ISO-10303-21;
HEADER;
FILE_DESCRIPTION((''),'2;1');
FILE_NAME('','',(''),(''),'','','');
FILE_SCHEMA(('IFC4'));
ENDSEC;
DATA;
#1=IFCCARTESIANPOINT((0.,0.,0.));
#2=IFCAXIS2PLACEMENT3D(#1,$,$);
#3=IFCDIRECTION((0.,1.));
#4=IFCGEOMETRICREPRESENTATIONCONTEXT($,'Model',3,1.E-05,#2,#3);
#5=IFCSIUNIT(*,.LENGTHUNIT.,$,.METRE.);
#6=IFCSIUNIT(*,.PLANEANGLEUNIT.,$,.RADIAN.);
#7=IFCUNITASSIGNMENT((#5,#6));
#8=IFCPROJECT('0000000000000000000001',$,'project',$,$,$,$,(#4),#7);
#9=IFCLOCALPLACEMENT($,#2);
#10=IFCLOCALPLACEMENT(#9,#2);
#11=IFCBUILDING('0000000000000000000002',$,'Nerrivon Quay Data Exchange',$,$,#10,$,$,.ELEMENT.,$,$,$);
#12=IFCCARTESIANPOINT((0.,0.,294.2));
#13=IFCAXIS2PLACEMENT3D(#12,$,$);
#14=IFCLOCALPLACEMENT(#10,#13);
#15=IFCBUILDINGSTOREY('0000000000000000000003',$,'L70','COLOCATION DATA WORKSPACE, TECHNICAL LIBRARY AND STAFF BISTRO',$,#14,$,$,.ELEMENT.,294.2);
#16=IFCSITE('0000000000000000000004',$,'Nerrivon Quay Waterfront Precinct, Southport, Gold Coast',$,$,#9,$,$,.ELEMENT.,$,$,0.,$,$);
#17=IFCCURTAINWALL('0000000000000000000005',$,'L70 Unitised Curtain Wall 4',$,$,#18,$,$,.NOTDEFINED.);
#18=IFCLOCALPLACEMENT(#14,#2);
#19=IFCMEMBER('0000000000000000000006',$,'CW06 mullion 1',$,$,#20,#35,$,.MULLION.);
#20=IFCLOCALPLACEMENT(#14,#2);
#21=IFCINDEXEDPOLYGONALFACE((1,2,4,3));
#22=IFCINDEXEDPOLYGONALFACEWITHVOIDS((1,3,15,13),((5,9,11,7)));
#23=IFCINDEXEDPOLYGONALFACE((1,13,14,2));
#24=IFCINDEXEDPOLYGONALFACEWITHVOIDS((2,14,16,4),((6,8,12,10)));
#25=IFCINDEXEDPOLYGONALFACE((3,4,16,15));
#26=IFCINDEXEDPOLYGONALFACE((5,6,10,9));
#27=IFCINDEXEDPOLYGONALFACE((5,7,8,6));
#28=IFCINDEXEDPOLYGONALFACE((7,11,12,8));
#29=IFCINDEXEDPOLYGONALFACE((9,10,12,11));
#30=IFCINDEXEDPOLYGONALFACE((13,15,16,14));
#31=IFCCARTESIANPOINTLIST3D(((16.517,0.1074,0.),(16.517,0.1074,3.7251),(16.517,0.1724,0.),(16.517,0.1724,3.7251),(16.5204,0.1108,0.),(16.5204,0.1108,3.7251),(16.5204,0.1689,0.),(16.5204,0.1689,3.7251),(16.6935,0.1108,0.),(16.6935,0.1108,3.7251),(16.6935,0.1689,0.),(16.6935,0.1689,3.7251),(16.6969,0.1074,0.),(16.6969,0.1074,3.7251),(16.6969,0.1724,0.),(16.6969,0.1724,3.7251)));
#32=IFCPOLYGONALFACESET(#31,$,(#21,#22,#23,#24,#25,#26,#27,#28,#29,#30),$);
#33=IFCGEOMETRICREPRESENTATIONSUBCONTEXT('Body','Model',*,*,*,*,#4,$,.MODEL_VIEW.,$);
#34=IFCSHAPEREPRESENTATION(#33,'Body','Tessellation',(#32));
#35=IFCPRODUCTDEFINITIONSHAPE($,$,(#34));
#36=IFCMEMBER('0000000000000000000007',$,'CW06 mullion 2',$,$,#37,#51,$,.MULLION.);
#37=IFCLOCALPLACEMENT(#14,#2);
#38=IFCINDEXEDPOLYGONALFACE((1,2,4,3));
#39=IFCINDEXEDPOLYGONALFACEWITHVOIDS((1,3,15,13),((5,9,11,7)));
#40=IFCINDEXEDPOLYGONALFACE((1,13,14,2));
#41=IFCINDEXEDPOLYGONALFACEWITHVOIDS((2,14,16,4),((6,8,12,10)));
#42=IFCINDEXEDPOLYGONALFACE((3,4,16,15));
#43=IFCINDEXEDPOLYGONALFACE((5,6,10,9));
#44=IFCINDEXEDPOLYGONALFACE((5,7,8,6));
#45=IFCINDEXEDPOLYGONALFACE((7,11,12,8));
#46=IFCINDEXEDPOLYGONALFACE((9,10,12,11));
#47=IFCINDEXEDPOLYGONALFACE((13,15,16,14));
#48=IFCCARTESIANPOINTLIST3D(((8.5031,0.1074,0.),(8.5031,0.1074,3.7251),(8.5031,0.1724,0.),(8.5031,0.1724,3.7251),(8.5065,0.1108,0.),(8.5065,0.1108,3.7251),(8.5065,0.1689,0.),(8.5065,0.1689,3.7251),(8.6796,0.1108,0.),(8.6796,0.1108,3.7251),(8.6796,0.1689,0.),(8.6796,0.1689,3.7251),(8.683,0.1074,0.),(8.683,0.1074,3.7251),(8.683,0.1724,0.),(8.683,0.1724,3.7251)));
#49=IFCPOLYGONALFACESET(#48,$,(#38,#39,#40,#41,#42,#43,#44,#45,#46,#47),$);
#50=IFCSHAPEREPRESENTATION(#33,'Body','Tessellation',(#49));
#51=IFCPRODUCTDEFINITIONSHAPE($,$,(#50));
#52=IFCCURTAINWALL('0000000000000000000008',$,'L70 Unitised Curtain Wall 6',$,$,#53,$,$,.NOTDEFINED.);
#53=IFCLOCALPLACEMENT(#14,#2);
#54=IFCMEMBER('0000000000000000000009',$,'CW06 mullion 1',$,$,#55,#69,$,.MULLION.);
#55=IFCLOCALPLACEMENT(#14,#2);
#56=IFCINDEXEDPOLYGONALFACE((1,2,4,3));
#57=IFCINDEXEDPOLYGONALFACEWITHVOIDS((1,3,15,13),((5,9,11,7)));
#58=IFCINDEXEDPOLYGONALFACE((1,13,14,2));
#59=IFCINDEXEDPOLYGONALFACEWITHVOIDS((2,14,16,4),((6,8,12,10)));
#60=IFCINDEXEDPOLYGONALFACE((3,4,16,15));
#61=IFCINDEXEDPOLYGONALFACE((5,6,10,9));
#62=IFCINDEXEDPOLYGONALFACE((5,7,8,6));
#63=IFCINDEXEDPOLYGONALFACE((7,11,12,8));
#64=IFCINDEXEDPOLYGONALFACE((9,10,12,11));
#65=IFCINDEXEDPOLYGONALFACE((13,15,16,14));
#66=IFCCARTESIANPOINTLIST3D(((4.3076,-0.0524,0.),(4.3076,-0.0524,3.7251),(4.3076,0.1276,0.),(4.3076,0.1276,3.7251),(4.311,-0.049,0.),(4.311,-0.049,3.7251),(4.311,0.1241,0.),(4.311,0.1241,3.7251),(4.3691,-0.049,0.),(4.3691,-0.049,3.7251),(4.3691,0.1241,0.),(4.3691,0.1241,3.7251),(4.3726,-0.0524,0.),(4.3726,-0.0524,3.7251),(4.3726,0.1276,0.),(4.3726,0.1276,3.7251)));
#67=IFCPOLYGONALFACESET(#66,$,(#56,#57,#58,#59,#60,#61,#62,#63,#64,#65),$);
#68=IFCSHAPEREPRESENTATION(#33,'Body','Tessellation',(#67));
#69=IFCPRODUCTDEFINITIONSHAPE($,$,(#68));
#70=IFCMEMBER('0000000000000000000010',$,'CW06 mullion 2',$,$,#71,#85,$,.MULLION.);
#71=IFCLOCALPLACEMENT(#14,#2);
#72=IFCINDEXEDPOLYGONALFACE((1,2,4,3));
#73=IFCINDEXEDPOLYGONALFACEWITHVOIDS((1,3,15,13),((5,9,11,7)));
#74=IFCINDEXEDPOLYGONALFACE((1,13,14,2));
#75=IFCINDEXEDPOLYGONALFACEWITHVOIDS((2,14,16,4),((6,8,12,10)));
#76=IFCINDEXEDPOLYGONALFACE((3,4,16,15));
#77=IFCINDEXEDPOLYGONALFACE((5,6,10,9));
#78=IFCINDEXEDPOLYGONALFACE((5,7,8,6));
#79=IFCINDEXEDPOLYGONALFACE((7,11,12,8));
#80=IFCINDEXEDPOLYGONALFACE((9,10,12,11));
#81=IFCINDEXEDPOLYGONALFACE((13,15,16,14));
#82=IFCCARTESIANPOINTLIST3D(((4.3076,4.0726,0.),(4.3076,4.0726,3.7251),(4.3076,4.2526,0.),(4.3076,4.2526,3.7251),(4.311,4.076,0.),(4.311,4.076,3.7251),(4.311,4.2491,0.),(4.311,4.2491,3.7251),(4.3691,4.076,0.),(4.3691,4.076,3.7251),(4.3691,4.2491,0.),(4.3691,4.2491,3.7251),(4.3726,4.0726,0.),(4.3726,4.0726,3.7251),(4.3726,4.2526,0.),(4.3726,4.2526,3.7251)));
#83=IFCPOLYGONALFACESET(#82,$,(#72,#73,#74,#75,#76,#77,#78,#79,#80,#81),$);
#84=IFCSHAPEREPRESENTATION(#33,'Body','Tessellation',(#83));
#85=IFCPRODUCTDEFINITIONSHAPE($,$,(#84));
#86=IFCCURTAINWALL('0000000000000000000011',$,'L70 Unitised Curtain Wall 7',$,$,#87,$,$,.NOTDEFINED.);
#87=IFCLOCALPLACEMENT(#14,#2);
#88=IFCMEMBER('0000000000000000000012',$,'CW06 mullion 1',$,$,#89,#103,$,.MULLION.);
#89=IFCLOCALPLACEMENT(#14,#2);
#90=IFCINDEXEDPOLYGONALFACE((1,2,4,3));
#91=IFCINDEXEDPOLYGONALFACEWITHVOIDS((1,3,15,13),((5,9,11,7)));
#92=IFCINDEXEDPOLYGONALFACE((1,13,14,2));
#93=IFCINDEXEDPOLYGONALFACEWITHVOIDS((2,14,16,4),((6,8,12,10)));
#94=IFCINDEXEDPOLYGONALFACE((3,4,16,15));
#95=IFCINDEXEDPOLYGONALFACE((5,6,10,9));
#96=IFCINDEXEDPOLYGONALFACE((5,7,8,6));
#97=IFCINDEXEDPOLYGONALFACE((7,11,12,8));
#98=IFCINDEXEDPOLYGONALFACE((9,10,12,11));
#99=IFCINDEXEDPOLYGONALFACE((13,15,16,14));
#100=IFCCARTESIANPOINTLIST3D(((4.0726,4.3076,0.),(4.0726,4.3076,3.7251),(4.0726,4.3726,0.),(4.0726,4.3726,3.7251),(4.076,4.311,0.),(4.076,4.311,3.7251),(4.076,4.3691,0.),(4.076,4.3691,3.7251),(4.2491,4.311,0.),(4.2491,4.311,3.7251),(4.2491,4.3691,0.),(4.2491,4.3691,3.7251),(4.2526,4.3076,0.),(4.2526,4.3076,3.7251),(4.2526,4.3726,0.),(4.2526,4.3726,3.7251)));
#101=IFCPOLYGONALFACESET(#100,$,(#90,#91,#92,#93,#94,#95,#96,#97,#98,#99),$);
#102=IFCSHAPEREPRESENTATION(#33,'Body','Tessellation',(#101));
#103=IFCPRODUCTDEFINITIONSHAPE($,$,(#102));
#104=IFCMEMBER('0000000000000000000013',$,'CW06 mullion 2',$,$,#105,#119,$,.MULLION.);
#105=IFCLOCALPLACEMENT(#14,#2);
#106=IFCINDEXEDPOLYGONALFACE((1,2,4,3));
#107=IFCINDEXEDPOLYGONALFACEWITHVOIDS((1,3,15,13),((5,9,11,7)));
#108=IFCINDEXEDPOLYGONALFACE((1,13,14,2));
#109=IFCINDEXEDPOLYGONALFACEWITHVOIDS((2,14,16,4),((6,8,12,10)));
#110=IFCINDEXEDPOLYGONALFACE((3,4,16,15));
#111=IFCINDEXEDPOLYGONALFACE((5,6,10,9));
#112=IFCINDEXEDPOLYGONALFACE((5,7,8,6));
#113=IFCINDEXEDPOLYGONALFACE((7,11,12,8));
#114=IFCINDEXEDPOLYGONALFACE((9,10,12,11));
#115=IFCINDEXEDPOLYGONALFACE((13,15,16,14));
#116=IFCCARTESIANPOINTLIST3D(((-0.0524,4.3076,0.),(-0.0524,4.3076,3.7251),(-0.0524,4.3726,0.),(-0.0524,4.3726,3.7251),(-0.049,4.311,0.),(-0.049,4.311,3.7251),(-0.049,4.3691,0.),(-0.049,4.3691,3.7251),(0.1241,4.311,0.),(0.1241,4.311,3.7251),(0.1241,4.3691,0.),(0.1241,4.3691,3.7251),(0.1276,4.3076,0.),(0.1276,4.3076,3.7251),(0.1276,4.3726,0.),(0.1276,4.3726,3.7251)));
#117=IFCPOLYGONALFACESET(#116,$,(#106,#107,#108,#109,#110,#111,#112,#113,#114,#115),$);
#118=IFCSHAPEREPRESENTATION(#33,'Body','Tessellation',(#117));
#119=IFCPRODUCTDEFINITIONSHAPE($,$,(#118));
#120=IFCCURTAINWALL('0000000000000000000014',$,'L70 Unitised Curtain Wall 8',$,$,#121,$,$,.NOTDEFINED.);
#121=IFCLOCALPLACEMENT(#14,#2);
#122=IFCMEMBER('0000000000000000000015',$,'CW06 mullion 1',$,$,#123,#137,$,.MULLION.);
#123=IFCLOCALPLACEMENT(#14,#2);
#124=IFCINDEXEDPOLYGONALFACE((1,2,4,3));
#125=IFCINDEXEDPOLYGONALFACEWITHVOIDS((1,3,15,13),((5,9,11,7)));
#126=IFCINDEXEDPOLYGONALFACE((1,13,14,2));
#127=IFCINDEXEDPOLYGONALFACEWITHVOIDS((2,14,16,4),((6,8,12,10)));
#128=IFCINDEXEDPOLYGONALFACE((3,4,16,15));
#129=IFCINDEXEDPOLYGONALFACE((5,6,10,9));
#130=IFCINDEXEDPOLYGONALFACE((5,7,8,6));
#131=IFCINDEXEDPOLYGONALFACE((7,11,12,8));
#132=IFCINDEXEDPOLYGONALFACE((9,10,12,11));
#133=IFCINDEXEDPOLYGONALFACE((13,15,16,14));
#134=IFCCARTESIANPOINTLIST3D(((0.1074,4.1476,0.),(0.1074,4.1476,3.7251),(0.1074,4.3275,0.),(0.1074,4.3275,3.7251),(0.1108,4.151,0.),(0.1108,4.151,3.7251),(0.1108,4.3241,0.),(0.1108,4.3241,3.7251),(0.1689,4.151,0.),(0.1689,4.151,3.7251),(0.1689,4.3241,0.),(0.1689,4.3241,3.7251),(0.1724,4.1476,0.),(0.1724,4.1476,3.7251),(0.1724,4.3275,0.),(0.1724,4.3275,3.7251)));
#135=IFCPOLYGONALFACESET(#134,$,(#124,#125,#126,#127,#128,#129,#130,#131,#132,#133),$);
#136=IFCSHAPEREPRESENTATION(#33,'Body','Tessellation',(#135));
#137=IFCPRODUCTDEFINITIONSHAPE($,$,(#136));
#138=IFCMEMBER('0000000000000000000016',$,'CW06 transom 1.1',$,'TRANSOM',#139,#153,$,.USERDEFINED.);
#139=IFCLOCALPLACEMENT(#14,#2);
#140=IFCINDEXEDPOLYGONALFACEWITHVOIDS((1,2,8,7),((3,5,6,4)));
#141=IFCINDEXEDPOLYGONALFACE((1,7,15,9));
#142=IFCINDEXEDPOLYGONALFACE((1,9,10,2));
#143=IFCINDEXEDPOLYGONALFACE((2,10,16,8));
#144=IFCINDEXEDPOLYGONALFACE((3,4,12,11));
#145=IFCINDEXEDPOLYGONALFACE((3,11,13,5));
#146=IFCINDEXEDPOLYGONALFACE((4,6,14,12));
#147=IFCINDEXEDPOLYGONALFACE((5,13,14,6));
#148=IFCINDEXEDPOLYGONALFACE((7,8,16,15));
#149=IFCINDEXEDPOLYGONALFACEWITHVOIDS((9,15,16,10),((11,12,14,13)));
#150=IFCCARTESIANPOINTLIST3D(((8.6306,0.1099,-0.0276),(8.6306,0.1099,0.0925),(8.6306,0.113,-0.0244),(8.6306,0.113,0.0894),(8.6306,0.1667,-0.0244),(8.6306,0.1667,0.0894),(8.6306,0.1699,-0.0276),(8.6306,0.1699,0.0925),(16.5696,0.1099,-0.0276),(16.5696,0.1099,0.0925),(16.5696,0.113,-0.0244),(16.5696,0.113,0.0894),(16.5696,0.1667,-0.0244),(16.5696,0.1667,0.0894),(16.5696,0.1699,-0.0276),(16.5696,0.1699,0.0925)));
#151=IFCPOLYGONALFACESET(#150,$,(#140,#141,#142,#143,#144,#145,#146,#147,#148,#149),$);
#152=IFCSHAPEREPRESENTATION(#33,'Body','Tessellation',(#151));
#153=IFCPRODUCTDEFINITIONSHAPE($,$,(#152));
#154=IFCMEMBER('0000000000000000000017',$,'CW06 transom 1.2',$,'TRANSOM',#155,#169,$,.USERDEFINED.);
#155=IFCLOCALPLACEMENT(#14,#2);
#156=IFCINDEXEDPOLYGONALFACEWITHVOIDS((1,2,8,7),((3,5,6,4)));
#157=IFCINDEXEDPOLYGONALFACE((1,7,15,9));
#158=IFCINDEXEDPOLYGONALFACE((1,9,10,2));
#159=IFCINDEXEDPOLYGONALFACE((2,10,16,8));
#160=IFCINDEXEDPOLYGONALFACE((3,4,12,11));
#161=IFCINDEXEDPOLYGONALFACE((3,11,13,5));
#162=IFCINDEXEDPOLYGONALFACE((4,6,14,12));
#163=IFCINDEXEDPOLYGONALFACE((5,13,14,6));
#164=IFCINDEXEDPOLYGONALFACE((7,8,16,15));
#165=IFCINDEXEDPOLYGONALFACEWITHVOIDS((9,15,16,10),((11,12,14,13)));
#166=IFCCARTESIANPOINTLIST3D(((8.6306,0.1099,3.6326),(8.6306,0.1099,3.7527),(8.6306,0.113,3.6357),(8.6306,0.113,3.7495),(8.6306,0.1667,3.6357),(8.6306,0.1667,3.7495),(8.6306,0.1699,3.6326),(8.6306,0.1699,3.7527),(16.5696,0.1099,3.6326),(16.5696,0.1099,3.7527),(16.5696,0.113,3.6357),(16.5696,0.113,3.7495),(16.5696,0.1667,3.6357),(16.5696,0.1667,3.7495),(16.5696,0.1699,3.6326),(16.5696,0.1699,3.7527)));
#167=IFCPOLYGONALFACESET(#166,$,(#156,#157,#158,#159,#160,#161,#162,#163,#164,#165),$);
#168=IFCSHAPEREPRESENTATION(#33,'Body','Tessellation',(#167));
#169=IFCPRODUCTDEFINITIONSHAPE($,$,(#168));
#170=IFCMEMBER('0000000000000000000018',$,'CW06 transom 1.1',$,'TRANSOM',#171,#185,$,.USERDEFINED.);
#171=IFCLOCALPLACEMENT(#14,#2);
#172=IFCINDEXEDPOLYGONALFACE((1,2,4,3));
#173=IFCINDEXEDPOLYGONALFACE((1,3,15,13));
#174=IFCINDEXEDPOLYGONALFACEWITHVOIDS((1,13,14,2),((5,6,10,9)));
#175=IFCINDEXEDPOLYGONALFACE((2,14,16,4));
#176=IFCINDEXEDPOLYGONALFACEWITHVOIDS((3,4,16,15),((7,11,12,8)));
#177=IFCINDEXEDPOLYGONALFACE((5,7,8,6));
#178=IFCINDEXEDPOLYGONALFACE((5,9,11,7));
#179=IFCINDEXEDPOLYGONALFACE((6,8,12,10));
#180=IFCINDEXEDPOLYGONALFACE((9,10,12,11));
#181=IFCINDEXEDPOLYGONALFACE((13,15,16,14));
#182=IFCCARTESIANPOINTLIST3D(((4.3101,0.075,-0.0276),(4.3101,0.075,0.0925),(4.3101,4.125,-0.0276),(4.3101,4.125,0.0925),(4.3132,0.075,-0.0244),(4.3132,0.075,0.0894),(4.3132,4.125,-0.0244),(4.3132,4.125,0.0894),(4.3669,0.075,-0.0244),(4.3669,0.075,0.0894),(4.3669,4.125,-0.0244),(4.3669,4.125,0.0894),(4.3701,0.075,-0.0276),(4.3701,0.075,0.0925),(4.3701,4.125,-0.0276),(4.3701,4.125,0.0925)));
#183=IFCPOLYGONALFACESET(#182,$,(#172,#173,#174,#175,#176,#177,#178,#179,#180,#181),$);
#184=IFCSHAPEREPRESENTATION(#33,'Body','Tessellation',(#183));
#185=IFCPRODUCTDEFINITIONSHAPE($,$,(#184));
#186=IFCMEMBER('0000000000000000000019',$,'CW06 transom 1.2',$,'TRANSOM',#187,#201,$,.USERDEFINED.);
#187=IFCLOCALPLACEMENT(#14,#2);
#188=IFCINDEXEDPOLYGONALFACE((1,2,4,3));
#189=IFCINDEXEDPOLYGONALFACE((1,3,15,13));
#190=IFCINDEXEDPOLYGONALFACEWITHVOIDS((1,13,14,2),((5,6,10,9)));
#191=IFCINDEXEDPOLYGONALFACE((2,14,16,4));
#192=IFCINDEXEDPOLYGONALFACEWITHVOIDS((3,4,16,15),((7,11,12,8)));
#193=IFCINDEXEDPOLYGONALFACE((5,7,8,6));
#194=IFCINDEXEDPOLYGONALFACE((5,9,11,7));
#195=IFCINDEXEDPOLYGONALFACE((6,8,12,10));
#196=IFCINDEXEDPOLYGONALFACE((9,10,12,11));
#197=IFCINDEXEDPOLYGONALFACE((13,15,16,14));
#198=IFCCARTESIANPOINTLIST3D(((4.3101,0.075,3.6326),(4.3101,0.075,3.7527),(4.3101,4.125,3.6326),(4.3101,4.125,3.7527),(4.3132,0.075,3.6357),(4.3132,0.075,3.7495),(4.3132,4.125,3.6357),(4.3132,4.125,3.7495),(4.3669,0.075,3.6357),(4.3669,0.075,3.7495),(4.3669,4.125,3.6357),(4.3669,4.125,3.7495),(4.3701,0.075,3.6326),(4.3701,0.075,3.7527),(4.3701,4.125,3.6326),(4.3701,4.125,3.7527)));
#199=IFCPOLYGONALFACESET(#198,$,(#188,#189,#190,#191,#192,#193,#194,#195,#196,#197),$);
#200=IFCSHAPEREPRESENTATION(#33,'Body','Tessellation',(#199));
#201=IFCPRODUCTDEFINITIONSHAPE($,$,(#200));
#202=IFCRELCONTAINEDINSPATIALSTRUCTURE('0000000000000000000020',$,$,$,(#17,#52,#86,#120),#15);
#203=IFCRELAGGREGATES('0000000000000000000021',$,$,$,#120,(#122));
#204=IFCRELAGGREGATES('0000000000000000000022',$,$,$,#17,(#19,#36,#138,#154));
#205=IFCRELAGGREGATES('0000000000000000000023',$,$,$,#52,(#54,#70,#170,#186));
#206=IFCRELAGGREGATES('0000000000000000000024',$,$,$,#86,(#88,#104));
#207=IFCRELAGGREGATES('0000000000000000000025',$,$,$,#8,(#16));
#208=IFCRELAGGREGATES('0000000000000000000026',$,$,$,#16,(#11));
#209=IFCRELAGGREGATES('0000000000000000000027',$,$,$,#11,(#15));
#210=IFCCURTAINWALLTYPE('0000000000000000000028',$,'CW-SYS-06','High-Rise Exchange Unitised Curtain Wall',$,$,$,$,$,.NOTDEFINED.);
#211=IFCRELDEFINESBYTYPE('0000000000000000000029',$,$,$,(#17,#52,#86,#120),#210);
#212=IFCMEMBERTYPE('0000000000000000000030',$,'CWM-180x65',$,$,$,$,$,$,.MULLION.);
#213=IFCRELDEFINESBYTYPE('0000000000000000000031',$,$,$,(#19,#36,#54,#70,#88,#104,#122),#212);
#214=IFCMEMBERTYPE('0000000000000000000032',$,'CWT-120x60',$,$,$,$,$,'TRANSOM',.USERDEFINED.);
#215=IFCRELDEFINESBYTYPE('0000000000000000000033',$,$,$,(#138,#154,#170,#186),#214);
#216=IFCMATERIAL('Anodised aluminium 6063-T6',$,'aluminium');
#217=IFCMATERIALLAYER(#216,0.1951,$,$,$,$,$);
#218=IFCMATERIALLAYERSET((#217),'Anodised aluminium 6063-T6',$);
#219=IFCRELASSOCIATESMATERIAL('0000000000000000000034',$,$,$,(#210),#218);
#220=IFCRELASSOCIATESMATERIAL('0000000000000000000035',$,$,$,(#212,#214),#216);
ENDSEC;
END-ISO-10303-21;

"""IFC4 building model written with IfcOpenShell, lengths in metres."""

from ifc_helpers import new_model, si_unit, direction, frame, origin, origin_2d, place, context, subcontext, project, spatial, hollow_rectangle, extrude, material, layer, layer_set, material_profile, profile_set, type_object, element, aggregate, save


model = new_model("IFC4")

# Units and contexts
model_context = context("Model", 3, precision=1e-05, world=origin(), true_north=direction((0.0, 1.0)))
body_context = subcontext(model_context, "Body", "Model", "MODEL_VIEW")
ifc_project = project(units=[si_unit("LENGTHUNIT", "METRE"), si_unit("PLANEANGLEUNIT", "RADIAN")], contexts=[model_context])

# Site, building, storey
site_placement = place(None, origin())
site = spatial("IfcSite", under=ifc_project, at=site_placement, Name="Nerrivon Quay Waterfront Precinct, Southport, Gold Coast", CompositionType="ELEMENT", RefElevation=0.0)
building_placement = place(site_placement, origin())
building = spatial("IfcBuilding", under=site, at=building_placement, Name="Nerrivon Quay Data Exchange", CompositionType="ELEMENT")
storey_placement = place(building_placement, frame((0.0, 0.0, 294.2)))
storey = spatial("IfcBuildingStorey", under=building, at=storey_placement, Name="L70", Description="COLOCATION DATA WORKSPACE, TECHNICAL LIBRARY AND STAFF BISTRO", CompositionType="ELEMENT", Elevation=294.2)

# Curtain walls, members
ifc_material_1 = material(Name="Anodised aluminium 6063-T6", Category="aluminium")
ifc_layer_1 = layer(ifc_material_1, 0.1951)
ifc_layer_set_1 = layer_set([ifc_layer_1], Name="Anodised aluminium 6063-T6")
curtain_wall_type = type_object("IfcCurtainWallType", Name="CW-SYS-06", Description="High-Rise Exchange Unitised Curtain Wall", PredefinedType="NOTDEFINED", material=ifc_layer_set_1)
curtain_wall_1_placement = place(storey_placement, origin())
curtain_wall_1 = element("IfcCurtainWall", 1, at=curtain_wall_1_placement, inside=storey, type_object=curtain_wall_type, Name="L70 Unitised Curtain Wall 4", PredefinedType="NOTDEFINED")
ifc_material_profile_1 = material_profile(ifc_material_1, hollow_rectangle(XDim=0.0649, YDim=0.1799, WallThickness=0.0034, at=origin_2d()), Name="ALU-MULL-180x65")
ifc_profile_set_1 = profile_set([ifc_material_profile_1], Name="Anodised aluminium 6063-T6")
member_type_1 = type_object("IfcMemberType", Name="CWM-180x65", PredefinedType="MULLION", material=ifc_profile_set_1)
member_1_placement = place(storey_placement, frame((16.6069, 0.1399, 0.0), z_axis=(0.0, 0.0, 1.0), x_axis=(0.0, -1.0, 0.0)))
member_1 = element("IfcMember", 2, at=member_1_placement, type_object=member_type_1, Name="CW06 mullion 1", PredefinedType="MULLION", context=body_context, shape_type="SweptSolid", body=[
    extrude(hollow_rectangle(XDim=0.0649, YDim=0.1799, WallThickness=0.0034, at=origin_2d()), origin(), (0.0, 0.0, 1.0), 3.7251),
])
member_2_placement = place(storey_placement, frame((8.593, 0.1399, 0.0), z_axis=(0.0, 0.0, 1.0), x_axis=(0.0, -1.0, 0.0)))
member_2 = element("IfcMember", 3, at=member_2_placement, type_object=member_type_1, Name="CW06 mullion 2", PredefinedType="MULLION", context=body_context, shape_type="SweptSolid", body=[
    extrude(hollow_rectangle(XDim=0.0649, YDim=0.1799, WallThickness=0.0034, at=origin_2d()), origin(), (0.0, 0.0, 1.0), 3.7251),
])
curtain_wall_2_placement = place(storey_placement, origin())
curtain_wall_2 = element("IfcCurtainWall", 4, at=curtain_wall_2_placement, inside=storey, type_object=curtain_wall_type, Name="L70 Unitised Curtain Wall 6", PredefinedType="NOTDEFINED")
member_3_placement = place(storey_placement, frame((4.3401, 0.0376, 0.0), z_axis=(0.0, 0.0, 1.0), x_axis=(-1.0, 0.0, 0.0)))
member_3 = element("IfcMember", 5, at=member_3_placement, type_object=member_type_1, Name="CW06 mullion 1", PredefinedType="MULLION", context=body_context, shape_type="SweptSolid", body=[
    extrude(hollow_rectangle(XDim=0.0649, YDim=0.1799, WallThickness=0.0034, at=origin_2d()), origin(), (0.0, 0.0, 1.0), 3.7251),
])
member_4_placement = place(storey_placement, frame((4.3401, 4.1626, 0.0), z_axis=(0.0, 0.0, 1.0), x_axis=(-1.0, 0.0, 0.0)))
member_4 = element("IfcMember", 6, at=member_4_placement, type_object=member_type_1, Name="CW06 mullion 2", PredefinedType="MULLION", context=body_context, shape_type="SweptSolid", body=[
    extrude(hollow_rectangle(XDim=0.0649, YDim=0.1799, WallThickness=0.0034, at=origin_2d()), origin(), (0.0, 0.0, 1.0), 3.7251),
])
curtain_wall_3_placement = place(storey_placement, origin())
curtain_wall_3 = element("IfcCurtainWall", 7, at=curtain_wall_3_placement, inside=storey, type_object=curtain_wall_type, Name="L70 Unitised Curtain Wall 7", PredefinedType="NOTDEFINED")
member_5_placement = place(storey_placement, frame((4.1626, 4.3401, 0.0), z_axis=(0.0, 0.0, 1.0), x_axis=(0.0, -1.0, 0.0)))
member_5 = element("IfcMember", 8, at=member_5_placement, type_object=member_type_1, Name="CW06 mullion 1", PredefinedType="MULLION", context=body_context, shape_type="SweptSolid", body=[
    extrude(hollow_rectangle(XDim=0.0649, YDim=0.1799, WallThickness=0.0034, at=origin_2d()), origin(), (0.0, 0.0, 1.0), 3.7251),
])
member_6_placement = place(storey_placement, frame((0.0376, 4.3401, 0.0), z_axis=(0.0, 0.0, 1.0), x_axis=(0.0, -1.0, 0.0)))
member_6 = element("IfcMember", 9, at=member_6_placement, type_object=member_type_1, Name="CW06 mullion 2", PredefinedType="MULLION", context=body_context, shape_type="SweptSolid", body=[
    extrude(hollow_rectangle(XDim=0.0649, YDim=0.1799, WallThickness=0.0034, at=origin_2d()), origin(), (0.0, 0.0, 1.0), 3.7251),
])

# Curtain wall, member
curtain_wall_4_placement = place(storey_placement, origin())
curtain_wall_4 = element("IfcCurtainWall", 10, at=curtain_wall_4_placement, inside=storey, type_object=curtain_wall_type, Name="L70 Unitised Curtain Wall 8", PredefinedType="NOTDEFINED")
member_7_placement = place(storey_placement, frame((0.1399, 4.2375, 0.0), z_axis=(0.0, 0.0, 1.0), x_axis=(-1.0, 0.0, 0.0)))
member_7 = element("IfcMember", 11, at=member_7_placement, type_object=member_type_1, Name="CW06 mullion 1", PredefinedType="MULLION", context=body_context, shape_type="SweptSolid", body=[
    extrude(hollow_rectangle(XDim=0.0649, YDim=0.1799, WallThickness=0.0034, at=origin_2d()), origin(), (0.0, 0.0, 1.0), 3.7251),
])

# Members
ifc_material_profile_2 = material_profile(ifc_material_1, hollow_rectangle(XDim=0.0601, YDim=0.1201, WallThickness=0.0032, at=origin_2d()), Name="ALU-TRAN-120x60")
ifc_profile_set_2 = profile_set([ifc_material_profile_2], Name="Anodised aluminium 6063-T6")
member_type_2 = type_object("IfcMemberType", Name="CWT-120x60", ElementType="TRANSOM", PredefinedType="USERDEFINED", material=ifc_profile_set_2)
member_8_placement = place(storey_placement, frame((16.5696, 0.1399, 0.0325), z_axis=(-1.0, 0.0, 0.0), x_axis=(0.0, -1.0, 0.0)))
member_8 = element("IfcMember", 12, at=member_8_placement, type_object=member_type_2, Name="CW06 transom 1.1", ObjectType="TRANSOM", PredefinedType="USERDEFINED", context=body_context, shape_type="SweptSolid", body=[
    extrude(hollow_rectangle(XDim=0.0601, YDim=0.1201, WallThickness=0.0032, at=origin_2d()), origin(), (0.0, 0.0, 1.0), 7.939),
])
member_9_placement = place(storey_placement, frame((16.5696, 0.1399, 3.6926), z_axis=(-1.0, 0.0, 0.0), x_axis=(0.0, -1.0, 0.0)))
member_9 = element("IfcMember", 13, at=member_9_placement, type_object=member_type_2, Name="CW06 transom 1.2", ObjectType="TRANSOM", PredefinedType="USERDEFINED", context=body_context, shape_type="SweptSolid", body=[
    extrude(hollow_rectangle(XDim=0.0601, YDim=0.1201, WallThickness=0.0032, at=origin_2d()), origin(), (0.0, 0.0, 1.0), 7.939),
])
member_10_placement = place(storey_placement, frame((4.3401, 0.075, 0.0325), z_axis=(0.0, 1.0, 0.0), x_axis=(-1.0, 0.0, 0.0)))
member_10 = element("IfcMember", 14, at=member_10_placement, type_object=member_type_2, Name="CW06 transom 1.1", ObjectType="TRANSOM", PredefinedType="USERDEFINED", context=body_context, shape_type="SweptSolid", body=[
    extrude(hollow_rectangle(XDim=0.0601, YDim=0.1201, WallThickness=0.0032, at=origin_2d()), origin(), (0.0, 0.0, 1.0), 4.05),
])
member_11_placement = place(storey_placement, frame((4.3401, 0.075, 3.6926), z_axis=(0.0, 1.0, 0.0), x_axis=(-1.0, 0.0, 0.0)))
member_11 = element("IfcMember", 15, at=member_11_placement, type_object=member_type_2, Name="CW06 transom 1.2", ObjectType="TRANSOM", PredefinedType="USERDEFINED", context=body_context, shape_type="SweptSolid", body=[
    extrude(hollow_rectangle(XDim=0.0601, YDim=0.1201, WallThickness=0.0032, at=origin_2d()), origin(), (0.0, 0.0, 1.0), 4.05),
])
aggregate(curtain_wall_4, [member_7])

aggregate(curtain_wall_1, [member_1, member_2, member_8, member_9])
aggregate(curtain_wall_2, [member_3, member_4, member_10, member_11])
aggregate(curtain_wall_3, [member_5, member_6])

save(model, "model.ifc")
